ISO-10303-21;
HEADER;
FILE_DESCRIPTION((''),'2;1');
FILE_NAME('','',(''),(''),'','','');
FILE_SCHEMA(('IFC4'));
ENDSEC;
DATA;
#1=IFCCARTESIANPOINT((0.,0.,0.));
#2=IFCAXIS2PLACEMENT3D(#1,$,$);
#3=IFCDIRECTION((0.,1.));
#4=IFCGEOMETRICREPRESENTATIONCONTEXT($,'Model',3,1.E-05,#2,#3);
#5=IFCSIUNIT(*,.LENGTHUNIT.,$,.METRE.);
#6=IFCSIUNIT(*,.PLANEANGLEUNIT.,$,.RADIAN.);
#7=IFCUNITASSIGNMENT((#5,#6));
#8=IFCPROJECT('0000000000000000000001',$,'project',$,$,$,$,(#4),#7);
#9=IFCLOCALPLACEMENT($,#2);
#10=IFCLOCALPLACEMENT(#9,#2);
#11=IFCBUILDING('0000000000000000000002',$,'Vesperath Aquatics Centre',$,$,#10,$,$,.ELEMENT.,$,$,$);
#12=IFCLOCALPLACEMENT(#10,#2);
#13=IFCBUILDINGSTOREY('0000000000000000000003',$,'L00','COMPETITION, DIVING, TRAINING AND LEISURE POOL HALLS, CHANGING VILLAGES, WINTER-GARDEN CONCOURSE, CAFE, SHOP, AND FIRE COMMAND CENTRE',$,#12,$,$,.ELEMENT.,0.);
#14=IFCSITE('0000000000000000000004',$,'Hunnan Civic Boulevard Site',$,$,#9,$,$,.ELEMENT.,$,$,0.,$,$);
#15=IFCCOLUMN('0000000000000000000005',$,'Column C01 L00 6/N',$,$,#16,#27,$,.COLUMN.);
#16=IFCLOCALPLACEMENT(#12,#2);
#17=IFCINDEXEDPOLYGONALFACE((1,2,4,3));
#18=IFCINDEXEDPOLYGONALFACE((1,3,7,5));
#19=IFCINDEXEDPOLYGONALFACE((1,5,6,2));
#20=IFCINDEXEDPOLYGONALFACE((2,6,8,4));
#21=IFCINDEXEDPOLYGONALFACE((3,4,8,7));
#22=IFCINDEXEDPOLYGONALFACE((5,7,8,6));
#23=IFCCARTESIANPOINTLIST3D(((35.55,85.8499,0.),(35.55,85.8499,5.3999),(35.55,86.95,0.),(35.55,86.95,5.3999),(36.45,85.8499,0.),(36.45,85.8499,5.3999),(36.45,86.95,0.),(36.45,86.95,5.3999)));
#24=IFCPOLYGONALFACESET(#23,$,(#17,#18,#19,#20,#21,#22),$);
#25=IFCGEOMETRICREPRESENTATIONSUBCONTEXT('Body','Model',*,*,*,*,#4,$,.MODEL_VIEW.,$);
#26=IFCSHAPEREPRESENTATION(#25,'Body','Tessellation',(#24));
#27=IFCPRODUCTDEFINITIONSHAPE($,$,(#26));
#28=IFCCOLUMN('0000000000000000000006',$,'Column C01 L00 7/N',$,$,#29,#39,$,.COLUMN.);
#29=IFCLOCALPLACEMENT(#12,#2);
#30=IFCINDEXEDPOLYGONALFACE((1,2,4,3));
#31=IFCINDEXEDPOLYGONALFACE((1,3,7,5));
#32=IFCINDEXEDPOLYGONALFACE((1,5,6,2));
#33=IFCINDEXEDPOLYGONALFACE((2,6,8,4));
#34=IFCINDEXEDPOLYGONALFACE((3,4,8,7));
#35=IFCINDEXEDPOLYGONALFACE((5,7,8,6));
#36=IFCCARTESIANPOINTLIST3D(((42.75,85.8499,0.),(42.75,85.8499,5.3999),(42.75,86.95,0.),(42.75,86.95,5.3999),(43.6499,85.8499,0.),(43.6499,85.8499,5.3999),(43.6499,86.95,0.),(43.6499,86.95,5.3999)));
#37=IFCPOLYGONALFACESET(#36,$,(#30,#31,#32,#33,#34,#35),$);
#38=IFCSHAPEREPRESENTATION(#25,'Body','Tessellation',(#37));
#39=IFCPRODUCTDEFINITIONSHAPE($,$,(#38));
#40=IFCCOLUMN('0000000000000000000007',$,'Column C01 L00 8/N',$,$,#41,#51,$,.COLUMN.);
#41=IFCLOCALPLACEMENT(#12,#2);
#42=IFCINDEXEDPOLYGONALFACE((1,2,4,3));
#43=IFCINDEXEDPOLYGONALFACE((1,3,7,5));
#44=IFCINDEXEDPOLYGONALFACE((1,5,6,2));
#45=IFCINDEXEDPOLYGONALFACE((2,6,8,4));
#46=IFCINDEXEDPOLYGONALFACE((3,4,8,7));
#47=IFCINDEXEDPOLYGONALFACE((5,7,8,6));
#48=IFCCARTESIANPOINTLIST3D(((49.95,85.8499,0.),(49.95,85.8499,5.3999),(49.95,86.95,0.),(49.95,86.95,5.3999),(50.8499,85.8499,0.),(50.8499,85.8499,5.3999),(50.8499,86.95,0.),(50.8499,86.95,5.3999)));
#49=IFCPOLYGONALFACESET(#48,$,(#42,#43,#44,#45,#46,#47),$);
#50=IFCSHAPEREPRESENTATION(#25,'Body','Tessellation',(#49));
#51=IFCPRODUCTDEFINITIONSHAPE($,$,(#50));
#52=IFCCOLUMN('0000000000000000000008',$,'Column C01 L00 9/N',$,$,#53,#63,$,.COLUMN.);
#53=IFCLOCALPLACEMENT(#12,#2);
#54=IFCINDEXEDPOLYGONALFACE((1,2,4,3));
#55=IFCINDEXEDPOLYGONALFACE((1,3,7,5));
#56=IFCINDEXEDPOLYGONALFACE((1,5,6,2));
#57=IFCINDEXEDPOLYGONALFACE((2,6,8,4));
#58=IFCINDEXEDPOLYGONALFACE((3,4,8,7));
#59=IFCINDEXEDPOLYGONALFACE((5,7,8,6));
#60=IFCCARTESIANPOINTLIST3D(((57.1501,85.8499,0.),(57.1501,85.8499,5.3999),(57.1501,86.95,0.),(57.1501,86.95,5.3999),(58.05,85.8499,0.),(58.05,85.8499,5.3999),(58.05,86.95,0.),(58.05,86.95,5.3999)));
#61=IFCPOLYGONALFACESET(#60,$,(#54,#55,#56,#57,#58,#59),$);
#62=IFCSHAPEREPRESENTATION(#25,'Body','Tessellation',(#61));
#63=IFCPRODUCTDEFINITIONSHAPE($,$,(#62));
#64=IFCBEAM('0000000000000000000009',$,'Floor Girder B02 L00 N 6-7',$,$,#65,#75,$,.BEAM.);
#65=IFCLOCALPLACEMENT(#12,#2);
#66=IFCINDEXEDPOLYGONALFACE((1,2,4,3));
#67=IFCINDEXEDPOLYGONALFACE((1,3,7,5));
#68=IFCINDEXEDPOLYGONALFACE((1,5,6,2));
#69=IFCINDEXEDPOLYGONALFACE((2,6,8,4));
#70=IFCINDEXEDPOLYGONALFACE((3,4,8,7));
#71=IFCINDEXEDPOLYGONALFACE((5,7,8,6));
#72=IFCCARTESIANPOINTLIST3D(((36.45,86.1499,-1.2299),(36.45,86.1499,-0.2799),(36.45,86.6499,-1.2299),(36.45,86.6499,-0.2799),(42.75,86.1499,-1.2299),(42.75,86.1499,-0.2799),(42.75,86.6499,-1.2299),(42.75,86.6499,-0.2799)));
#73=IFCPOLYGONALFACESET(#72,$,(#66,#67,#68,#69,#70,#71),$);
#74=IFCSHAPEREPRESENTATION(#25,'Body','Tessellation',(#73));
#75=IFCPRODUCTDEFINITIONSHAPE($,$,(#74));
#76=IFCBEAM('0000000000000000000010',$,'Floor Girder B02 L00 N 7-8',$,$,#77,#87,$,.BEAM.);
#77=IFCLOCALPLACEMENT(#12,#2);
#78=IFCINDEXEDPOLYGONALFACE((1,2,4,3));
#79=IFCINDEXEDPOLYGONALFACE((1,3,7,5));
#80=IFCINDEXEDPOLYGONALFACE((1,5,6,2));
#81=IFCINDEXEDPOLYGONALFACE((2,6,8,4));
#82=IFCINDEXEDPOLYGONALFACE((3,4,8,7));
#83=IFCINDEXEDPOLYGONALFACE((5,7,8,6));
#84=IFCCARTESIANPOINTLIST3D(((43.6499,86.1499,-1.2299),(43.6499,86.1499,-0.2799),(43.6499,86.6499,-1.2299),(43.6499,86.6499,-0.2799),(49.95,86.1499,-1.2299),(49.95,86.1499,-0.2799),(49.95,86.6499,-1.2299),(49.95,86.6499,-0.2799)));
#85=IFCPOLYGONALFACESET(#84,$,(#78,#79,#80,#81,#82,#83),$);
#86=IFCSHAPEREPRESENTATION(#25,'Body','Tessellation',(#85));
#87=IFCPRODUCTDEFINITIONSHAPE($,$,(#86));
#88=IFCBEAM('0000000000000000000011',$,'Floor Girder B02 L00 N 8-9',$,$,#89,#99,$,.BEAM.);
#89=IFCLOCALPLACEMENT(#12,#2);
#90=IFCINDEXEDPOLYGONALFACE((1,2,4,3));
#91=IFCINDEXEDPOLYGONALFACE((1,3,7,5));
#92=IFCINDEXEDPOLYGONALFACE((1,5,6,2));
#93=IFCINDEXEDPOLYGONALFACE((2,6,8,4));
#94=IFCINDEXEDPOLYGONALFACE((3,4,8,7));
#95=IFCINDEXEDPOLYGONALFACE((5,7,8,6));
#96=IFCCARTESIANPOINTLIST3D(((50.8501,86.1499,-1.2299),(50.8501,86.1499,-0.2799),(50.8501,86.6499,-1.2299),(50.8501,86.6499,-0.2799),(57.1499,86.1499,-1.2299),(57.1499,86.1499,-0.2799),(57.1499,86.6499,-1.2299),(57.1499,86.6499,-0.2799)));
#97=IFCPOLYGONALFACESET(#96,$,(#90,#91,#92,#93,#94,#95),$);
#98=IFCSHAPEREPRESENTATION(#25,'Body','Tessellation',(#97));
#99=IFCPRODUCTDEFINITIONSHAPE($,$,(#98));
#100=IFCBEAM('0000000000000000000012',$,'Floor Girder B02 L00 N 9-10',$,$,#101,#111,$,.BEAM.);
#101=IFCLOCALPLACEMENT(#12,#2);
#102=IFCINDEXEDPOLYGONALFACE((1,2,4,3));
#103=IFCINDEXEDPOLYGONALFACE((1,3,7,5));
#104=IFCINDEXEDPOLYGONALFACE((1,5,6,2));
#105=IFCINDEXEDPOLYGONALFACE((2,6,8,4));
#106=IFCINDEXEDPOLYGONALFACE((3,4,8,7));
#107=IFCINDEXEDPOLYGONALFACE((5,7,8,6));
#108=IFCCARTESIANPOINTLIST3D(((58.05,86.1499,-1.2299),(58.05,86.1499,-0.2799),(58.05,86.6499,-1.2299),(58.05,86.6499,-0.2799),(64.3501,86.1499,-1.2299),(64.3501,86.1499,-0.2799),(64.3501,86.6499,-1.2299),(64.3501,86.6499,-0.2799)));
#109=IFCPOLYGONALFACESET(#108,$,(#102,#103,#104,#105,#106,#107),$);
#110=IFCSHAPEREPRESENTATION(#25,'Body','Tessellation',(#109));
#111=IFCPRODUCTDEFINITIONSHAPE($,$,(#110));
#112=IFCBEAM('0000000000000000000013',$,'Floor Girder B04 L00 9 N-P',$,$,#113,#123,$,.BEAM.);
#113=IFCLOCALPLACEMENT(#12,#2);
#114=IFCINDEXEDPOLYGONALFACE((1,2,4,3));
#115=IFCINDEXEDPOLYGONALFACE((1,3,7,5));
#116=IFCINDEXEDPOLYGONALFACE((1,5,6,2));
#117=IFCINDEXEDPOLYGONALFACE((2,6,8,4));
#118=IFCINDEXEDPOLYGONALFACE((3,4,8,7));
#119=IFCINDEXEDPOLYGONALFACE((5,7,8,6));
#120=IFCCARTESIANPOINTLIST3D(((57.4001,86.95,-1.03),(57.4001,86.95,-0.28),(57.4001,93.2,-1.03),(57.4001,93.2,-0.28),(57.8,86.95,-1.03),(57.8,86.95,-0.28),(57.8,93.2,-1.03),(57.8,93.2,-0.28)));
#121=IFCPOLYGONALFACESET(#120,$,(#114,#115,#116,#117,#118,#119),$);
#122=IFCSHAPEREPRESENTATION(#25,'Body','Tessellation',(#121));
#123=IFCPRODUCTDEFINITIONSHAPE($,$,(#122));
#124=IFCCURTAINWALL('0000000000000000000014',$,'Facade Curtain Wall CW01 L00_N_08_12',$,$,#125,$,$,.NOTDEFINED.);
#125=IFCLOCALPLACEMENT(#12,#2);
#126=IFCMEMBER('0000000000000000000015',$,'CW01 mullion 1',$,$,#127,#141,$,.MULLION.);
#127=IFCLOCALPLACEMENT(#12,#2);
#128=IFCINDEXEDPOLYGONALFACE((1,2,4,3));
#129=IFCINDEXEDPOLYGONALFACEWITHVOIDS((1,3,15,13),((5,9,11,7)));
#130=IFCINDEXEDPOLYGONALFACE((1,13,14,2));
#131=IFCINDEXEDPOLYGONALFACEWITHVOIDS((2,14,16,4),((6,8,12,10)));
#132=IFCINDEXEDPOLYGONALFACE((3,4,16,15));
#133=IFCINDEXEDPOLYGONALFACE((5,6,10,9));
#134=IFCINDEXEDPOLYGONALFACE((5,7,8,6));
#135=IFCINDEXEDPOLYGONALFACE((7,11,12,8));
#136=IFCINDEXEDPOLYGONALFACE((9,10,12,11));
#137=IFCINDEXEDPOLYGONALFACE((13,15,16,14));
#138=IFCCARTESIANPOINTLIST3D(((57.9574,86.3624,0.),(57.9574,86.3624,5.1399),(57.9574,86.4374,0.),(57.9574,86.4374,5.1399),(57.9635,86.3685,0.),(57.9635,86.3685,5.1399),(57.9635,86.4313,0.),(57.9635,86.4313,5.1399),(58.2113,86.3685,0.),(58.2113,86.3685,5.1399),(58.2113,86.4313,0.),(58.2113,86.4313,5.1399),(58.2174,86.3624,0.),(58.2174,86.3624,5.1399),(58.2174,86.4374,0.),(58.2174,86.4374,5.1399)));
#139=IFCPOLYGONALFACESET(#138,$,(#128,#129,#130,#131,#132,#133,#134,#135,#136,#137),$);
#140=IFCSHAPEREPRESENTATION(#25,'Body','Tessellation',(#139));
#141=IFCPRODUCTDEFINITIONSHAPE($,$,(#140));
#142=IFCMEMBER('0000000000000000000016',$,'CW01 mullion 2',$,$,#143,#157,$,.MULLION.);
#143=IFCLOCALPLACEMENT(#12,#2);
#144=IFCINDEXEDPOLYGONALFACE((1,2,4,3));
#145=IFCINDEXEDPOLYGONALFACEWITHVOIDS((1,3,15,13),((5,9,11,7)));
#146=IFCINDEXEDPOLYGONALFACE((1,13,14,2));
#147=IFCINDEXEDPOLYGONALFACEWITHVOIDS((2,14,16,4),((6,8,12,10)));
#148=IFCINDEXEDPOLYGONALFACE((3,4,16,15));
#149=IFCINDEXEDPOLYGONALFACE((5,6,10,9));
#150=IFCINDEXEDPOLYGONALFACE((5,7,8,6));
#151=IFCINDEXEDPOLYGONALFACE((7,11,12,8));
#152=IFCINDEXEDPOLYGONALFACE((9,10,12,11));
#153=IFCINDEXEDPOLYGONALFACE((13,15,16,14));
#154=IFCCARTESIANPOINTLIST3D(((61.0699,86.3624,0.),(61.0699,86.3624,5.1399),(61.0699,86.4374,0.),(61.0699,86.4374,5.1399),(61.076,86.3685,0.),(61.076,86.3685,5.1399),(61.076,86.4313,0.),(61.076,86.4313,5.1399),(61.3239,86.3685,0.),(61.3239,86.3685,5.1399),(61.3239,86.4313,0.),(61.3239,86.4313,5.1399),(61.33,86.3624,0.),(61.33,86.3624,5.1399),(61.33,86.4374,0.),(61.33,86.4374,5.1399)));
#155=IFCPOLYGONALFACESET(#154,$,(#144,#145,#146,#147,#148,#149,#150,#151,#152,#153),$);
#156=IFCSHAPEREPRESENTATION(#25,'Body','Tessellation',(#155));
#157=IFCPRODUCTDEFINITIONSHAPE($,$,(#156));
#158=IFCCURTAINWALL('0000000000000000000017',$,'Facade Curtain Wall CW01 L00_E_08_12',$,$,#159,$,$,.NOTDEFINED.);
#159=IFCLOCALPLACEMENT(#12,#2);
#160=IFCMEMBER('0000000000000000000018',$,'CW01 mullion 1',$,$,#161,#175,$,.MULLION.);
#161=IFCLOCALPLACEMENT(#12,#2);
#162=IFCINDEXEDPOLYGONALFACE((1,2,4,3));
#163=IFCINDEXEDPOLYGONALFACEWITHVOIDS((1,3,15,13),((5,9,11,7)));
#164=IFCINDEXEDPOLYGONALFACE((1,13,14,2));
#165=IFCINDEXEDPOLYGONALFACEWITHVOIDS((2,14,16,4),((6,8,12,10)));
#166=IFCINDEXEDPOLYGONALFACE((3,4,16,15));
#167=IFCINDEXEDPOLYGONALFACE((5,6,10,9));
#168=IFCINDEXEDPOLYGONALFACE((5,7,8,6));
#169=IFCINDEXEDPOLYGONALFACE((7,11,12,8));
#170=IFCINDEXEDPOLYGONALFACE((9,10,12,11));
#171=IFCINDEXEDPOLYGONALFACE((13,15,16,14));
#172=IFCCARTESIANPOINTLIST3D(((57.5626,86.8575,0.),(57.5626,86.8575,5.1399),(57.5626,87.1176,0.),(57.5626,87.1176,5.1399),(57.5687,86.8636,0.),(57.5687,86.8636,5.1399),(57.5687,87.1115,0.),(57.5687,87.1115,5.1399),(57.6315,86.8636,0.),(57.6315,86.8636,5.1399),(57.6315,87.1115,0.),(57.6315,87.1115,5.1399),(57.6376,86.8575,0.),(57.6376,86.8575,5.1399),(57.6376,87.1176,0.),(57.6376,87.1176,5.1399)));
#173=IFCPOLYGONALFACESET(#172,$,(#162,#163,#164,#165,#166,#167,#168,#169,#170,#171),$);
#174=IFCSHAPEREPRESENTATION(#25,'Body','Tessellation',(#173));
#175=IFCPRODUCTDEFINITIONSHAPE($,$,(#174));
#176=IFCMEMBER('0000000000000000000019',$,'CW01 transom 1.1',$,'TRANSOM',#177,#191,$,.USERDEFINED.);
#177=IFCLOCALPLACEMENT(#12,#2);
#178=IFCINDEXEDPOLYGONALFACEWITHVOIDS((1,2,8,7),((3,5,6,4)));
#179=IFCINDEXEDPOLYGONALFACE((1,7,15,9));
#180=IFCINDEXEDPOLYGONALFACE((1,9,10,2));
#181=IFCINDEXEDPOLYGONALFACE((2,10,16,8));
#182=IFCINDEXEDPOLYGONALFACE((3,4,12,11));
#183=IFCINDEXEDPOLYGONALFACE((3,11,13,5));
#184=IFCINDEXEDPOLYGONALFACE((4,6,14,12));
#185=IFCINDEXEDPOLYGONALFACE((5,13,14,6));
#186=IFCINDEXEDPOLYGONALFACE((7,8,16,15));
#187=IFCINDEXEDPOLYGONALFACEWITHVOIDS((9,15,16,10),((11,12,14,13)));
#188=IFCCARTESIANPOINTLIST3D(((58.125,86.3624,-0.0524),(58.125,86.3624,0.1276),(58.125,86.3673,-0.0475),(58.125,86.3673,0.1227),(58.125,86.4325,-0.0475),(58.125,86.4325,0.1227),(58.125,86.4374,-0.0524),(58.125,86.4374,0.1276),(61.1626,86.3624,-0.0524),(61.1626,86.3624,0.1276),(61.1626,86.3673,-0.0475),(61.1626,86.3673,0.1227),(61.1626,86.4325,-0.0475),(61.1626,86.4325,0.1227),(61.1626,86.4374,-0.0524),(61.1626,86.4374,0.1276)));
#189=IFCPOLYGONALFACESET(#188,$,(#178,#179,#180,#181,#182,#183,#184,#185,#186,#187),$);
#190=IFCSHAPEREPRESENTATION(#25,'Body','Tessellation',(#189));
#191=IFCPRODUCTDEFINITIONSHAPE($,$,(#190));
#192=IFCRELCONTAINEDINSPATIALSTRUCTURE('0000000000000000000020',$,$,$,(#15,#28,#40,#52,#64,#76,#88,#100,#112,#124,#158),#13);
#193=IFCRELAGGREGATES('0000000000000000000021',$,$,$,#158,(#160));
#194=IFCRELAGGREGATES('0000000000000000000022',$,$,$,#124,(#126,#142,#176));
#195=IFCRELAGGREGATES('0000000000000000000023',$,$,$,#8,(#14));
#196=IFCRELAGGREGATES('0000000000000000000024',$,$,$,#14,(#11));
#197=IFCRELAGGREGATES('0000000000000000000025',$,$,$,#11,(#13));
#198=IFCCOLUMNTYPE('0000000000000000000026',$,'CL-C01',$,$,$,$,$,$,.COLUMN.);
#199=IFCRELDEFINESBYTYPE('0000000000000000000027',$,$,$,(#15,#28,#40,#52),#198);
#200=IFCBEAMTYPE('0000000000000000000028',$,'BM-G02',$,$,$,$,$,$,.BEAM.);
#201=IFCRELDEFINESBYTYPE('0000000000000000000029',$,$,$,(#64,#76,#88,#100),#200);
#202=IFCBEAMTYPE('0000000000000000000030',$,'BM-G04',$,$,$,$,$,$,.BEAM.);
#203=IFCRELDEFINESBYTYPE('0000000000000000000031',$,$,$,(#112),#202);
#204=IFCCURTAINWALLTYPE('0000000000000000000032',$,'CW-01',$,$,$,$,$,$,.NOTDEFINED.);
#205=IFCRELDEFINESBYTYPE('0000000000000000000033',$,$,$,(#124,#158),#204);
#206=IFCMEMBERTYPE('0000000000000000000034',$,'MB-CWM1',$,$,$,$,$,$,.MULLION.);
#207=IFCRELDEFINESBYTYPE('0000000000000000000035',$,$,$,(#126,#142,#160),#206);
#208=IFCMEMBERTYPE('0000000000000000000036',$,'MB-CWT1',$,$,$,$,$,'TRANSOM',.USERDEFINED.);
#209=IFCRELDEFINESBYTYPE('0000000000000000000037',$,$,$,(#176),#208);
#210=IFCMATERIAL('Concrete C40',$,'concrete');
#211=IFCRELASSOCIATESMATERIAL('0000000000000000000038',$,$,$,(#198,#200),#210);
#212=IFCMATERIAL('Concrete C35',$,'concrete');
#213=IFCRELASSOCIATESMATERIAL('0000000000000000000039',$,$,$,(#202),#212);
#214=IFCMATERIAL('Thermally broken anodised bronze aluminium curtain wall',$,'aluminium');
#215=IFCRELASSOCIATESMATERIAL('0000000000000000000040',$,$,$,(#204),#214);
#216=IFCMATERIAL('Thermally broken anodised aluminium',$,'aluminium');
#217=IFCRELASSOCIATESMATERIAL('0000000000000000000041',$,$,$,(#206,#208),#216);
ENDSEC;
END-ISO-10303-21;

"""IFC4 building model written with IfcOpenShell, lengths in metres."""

from ifc_helpers import new_model, si_unit, direction, frame, origin, origin_2d, place, context, subcontext, project, spatial, rectangle, hollow_rectangle, extrude, material, material_profile, profile_set, type_object, element, aggregate, save


model = new_model("IFC4")

# Units and contexts
model_context = context("Model", 3, precision=1e-05, world=origin(), true_north=direction((0.0, 1.0)))
body_context = subcontext(model_context, "Body", "Model", "MODEL_VIEW")
ifc_project = project(units=[si_unit("LENGTHUNIT", "METRE"), si_unit("PLANEANGLEUNIT", "RADIAN")], contexts=[model_context])

# Site, building, storey
site_placement = place(None, origin())
site = spatial("IfcSite", under=ifc_project, at=site_placement, Name="Hunnan Civic Boulevard Site", CompositionType="ELEMENT", RefElevation=0.0)
building_placement = place(site_placement, origin())
building = spatial("IfcBuilding", under=site, at=building_placement, Name="Vesperath Aquatics Centre", CompositionType="ELEMENT")
storey_placement = place(building_placement, origin())
storey = spatial("IfcBuildingStorey", under=building, at=storey_placement, Name="L00", Description="COMPETITION, DIVING, TRAINING AND LEISURE POOL HALLS, CHANGING VILLAGES, WINTER-GARDEN CONCOURSE, CAFE, SHOP, AND FIRE COMMAND CENTRE", CompositionType="ELEMENT", Elevation=0.0)

# Columns
ifc_material_1 = material(Name="Concrete C40", Category="concrete")
ifc_material_profile_1 = material_profile(ifc_material_1, rectangle(XDim=0.8999, YDim=1.1001, at=origin_2d()), Name="RC 1100x900")
ifc_profile_set_1 = profile_set([ifc_material_profile_1], Name="Concrete C40")
column_type = type_object("IfcColumnType", Name="CL-C01", PredefinedType="COLUMN", material=ifc_profile_set_1)
for number, where, z_axis, x_axis, name in (
    (1, (36.0, 86.3999, 0.0), (0.0, 0.0, 1.0), (1.0, 0.0, 0.0), "Column C01 L00 6/N"),
    (2, (43.2, 86.3999, 0.0), (0.0, 0.0, 1.0), (1.0, 0.0, 0.0), "Column C01 L00 7/N"),
    (3, (50.3999, 86.3999, 0.0), (0.0, 0.0, 1.0), (1.0, 0.0, 0.0), "Column C01 L00 8/N"),
    (4, (57.6001, 86.3999, 0.0), (0.0, 0.0, 1.0), (1.0, 0.0, 0.0), "Column C01 L00 9/N"),
):
    element("IfcColumn", number, at=place(storey_placement, frame(where, z_axis=z_axis, x_axis=x_axis)), inside=storey, type_object=column_type, Name=name, PredefinedType="COLUMN", context=body_context, shape_type="SweptSolid", body=[
        extrude(rectangle(XDim=0.8999, YDim=1.1001, at=origin_2d()), origin(), (0.0, 0.0, 1.0), 5.3999),
    ])

# Beams
ifc_material_profile_2 = material_profile(ifc_material_1, rectangle(XDim=0.5, YDim=0.95, at=origin_2d()), Name="RC 500x950")
ifc_profile_set_2 = profile_set([ifc_material_profile_2], Name="Concrete C40")
beam_type_1 = type_object("IfcBeamType", Name="BM-G02", PredefinedType="BEAM", material=ifc_profile_set_2)
for number, where, z_axis, x_axis, name in (
    (5, (36.45, 86.3999, -0.7549), (1.0, 0.0, 0.0), (0.0, 1.0, 0.0), "Floor Girder B02 L00 N 6-7"),
    (6, (43.6499, 86.3999, -0.7549), (1.0, 0.0, 0.0), (0.0, 1.0, 0.0), "Floor Girder B02 L00 N 7-8"),
):
    element("IfcBeam", number, at=place(storey_placement, frame(where, z_axis=z_axis, x_axis=x_axis)), inside=storey, type_object=beam_type_1, Name=name, PredefinedType="BEAM", context=body_context, shape_type="SweptSolid", body=[
        extrude(rectangle(XDim=0.5, YDim=0.95, at=origin_2d()), origin(), (0.0, 0.0, 1.0), 6.3),
    ])
beam_1_placement = place(storey_placement, frame((50.8501, 86.3999, -0.7549), z_axis=(1.0, 0.0, 0.0), x_axis=(0.0, 1.0, 0.0)))
element("IfcBeam", 7, at=beam_1_placement, inside=storey, type_object=beam_type_1, Name="Floor Girder B02 L00 N 8-9", PredefinedType="BEAM", context=body_context, shape_type="SweptSolid", body=[
    extrude(rectangle(XDim=0.5, YDim=0.95, at=origin_2d()), origin(), (0.0, 0.0, 1.0), 6.2998),
])
beam_2_placement = place(storey_placement, frame((58.05, 86.3999, -0.7549), z_axis=(1.0, 0.0, 0.0), x_axis=(0.0, 1.0, 0.0)))
element("IfcBeam", 8, at=beam_2_placement, inside=storey, type_object=beam_type_1, Name="Floor Girder B02 L00 N 9-10", PredefinedType="BEAM", context=body_context, shape_type="SweptSolid", body=[
    extrude(rectangle(XDim=0.5, YDim=0.95, at=origin_2d()), origin(), (0.0, 0.0, 1.0), 6.3),
])
ifc_material_2 = material(Name="Concrete C35", Category="concrete")
ifc_material_profile_3 = material_profile(ifc_material_2, rectangle(XDim=0.3999, YDim=0.75, at=origin_2d()), Name="RC 400x750")
ifc_profile_set_3 = profile_set([ifc_material_profile_3], Name="Concrete C35")
beam_type_2 = type_object("IfcBeamType", Name="BM-G04", PredefinedType="BEAM", material=ifc_profile_set_3)
beam_3_placement = place(storey_placement, frame((57.6001, 86.95, -0.655), z_axis=(0.0, 1.0, 0.0), x_axis=(-1.0, 0.0, 0.0)))
element("IfcBeam", 9, at=beam_3_placement, inside=storey, type_object=beam_type_2, Name="Floor Girder B04 L00 9 N-P", PredefinedType="BEAM", context=body_context, shape_type="SweptSolid", body=[
    extrude(rectangle(XDim=0.3999, YDim=0.75, at=origin_2d()), origin(), (0.0, 0.0, 1.0), 6.25),
])

# Curtain wall, members
ifc_material_3 = material(Name="Thermally broken anodised bronze aluminium curtain wall", Category="aluminium")
curtain_wall_type = type_object("IfcCurtainWallType", Name="CW-01", PredefinedType="NOTDEFINED", material=ifc_material_3)
curtain_wall_1_placement = place(storey_placement, origin())
curtain_wall_1 = element("IfcCurtainWall", 10, at=curtain_wall_1_placement, inside=storey, type_object=curtain_wall_type, Name="Facade Curtain Wall CW01 L00_N_08_12", PredefinedType="NOTDEFINED")
ifc_material_4 = material(Name="Thermally broken anodised aluminium", Category="aluminium")
ifc_material_profile_4 = material_profile(ifc_material_4, hollow_rectangle(XDim=0.075, YDim=0.26, WallThickness=0.0061, at=origin_2d()), Name="CWM 75x260x6")
ifc_profile_set_4 = profile_set([ifc_material_profile_4], Name="Thermally broken anodised aluminium")
member_type_1 = type_object("IfcMemberType", Name="MB-CWM1", PredefinedType="MULLION", material=ifc_profile_set_4)
member_1_placement = place(storey_placement, frame((58.0874, 86.3999, 0.0), z_axis=(0.0, 0.0, 1.0), x_axis=(0.0, 1.0, 0.0)))
member_1 = element("IfcMember", 11, at=member_1_placement, type_object=member_type_1, Name="CW01 mullion 1", PredefinedType="MULLION", context=body_context, shape_type="SweptSolid", body=[
    extrude(hollow_rectangle(XDim=0.075, YDim=0.26, WallThickness=0.0061, at=origin_2d()), origin(), (0.0, 0.0, 1.0), 5.1399),
])
member_2_placement = place(storey_placement, frame((61.2, 86.3999, 0.0), z_axis=(0.0, 0.0, 1.0), x_axis=(0.0, 1.0, 0.0)))
member_2 = element("IfcMember", 12, at=member_2_placement, type_object=member_type_1, Name="CW01 mullion 2", PredefinedType="MULLION", context=body_context, shape_type="SweptSolid", body=[
    extrude(hollow_rectangle(XDim=0.075, YDim=0.26, WallThickness=0.0061, at=origin_2d()), origin(), (0.0, 0.0, 1.0), 5.1399),
])

# Curtain wall, member
curtain_wall_2_placement = place(storey_placement, origin())
curtain_wall_2 = element("IfcCurtainWall", 13, at=curtain_wall_2_placement, inside=storey, type_object=curtain_wall_type, Name="Facade Curtain Wall CW01 L00_E_08_12", PredefinedType="NOTDEFINED")
member_3_placement = place(storey_placement, frame((57.6001, 86.9875, 0.0), z_axis=(0.0, 0.0, 1.0), x_axis=(-1.0, 0.0, 0.0)))
member_3 = element("IfcMember", 14, at=member_3_placement, type_object=member_type_1, Name="CW01 mullion 1", PredefinedType="MULLION", context=body_context, shape_type="SweptSolid", body=[
    extrude(hollow_rectangle(XDim=0.075, YDim=0.26, WallThickness=0.0061, at=origin_2d()), origin(), (0.0, 0.0, 1.0), 5.1399),
])

# Member
ifc_material_profile_5 = material_profile(ifc_material_4, hollow_rectangle(XDim=0.075, YDim=0.1799, WallThickness=0.0049, at=origin_2d()), Name="CWT 75x180x5")
ifc_profile_set_5 = profile_set([ifc_material_profile_5], Name="Thermally broken anodised aluminium")
member_type_2 = type_object("IfcMemberType", Name="MB-CWT1", ElementType="TRANSOM", PredefinedType="USERDEFINED", material=ifc_profile_set_5)
member_4_placement = place(storey_placement, frame((58.125, 86.3999, 0.0376), z_axis=(1.0, 0.0, 0.0), x_axis=(0.0, 1.0, 0.0)))
member_4 = element("IfcMember", 15, at=member_4_placement, type_object=member_type_2, Name="CW01 transom 1.1", ObjectType="TRANSOM", PredefinedType="USERDEFINED", context=body_context, shape_type="SweptSolid", body=[
    extrude(hollow_rectangle(XDim=0.075, YDim=0.1799, WallThickness=0.0049, at=origin_2d()), origin(), (0.0, 0.0, 1.0), 3.0376),
])
aggregate(curtain_wall_2, [member_3])

aggregate(curtain_wall_1, [member_1, member_2, member_4])

save(model, "model.ifc")
